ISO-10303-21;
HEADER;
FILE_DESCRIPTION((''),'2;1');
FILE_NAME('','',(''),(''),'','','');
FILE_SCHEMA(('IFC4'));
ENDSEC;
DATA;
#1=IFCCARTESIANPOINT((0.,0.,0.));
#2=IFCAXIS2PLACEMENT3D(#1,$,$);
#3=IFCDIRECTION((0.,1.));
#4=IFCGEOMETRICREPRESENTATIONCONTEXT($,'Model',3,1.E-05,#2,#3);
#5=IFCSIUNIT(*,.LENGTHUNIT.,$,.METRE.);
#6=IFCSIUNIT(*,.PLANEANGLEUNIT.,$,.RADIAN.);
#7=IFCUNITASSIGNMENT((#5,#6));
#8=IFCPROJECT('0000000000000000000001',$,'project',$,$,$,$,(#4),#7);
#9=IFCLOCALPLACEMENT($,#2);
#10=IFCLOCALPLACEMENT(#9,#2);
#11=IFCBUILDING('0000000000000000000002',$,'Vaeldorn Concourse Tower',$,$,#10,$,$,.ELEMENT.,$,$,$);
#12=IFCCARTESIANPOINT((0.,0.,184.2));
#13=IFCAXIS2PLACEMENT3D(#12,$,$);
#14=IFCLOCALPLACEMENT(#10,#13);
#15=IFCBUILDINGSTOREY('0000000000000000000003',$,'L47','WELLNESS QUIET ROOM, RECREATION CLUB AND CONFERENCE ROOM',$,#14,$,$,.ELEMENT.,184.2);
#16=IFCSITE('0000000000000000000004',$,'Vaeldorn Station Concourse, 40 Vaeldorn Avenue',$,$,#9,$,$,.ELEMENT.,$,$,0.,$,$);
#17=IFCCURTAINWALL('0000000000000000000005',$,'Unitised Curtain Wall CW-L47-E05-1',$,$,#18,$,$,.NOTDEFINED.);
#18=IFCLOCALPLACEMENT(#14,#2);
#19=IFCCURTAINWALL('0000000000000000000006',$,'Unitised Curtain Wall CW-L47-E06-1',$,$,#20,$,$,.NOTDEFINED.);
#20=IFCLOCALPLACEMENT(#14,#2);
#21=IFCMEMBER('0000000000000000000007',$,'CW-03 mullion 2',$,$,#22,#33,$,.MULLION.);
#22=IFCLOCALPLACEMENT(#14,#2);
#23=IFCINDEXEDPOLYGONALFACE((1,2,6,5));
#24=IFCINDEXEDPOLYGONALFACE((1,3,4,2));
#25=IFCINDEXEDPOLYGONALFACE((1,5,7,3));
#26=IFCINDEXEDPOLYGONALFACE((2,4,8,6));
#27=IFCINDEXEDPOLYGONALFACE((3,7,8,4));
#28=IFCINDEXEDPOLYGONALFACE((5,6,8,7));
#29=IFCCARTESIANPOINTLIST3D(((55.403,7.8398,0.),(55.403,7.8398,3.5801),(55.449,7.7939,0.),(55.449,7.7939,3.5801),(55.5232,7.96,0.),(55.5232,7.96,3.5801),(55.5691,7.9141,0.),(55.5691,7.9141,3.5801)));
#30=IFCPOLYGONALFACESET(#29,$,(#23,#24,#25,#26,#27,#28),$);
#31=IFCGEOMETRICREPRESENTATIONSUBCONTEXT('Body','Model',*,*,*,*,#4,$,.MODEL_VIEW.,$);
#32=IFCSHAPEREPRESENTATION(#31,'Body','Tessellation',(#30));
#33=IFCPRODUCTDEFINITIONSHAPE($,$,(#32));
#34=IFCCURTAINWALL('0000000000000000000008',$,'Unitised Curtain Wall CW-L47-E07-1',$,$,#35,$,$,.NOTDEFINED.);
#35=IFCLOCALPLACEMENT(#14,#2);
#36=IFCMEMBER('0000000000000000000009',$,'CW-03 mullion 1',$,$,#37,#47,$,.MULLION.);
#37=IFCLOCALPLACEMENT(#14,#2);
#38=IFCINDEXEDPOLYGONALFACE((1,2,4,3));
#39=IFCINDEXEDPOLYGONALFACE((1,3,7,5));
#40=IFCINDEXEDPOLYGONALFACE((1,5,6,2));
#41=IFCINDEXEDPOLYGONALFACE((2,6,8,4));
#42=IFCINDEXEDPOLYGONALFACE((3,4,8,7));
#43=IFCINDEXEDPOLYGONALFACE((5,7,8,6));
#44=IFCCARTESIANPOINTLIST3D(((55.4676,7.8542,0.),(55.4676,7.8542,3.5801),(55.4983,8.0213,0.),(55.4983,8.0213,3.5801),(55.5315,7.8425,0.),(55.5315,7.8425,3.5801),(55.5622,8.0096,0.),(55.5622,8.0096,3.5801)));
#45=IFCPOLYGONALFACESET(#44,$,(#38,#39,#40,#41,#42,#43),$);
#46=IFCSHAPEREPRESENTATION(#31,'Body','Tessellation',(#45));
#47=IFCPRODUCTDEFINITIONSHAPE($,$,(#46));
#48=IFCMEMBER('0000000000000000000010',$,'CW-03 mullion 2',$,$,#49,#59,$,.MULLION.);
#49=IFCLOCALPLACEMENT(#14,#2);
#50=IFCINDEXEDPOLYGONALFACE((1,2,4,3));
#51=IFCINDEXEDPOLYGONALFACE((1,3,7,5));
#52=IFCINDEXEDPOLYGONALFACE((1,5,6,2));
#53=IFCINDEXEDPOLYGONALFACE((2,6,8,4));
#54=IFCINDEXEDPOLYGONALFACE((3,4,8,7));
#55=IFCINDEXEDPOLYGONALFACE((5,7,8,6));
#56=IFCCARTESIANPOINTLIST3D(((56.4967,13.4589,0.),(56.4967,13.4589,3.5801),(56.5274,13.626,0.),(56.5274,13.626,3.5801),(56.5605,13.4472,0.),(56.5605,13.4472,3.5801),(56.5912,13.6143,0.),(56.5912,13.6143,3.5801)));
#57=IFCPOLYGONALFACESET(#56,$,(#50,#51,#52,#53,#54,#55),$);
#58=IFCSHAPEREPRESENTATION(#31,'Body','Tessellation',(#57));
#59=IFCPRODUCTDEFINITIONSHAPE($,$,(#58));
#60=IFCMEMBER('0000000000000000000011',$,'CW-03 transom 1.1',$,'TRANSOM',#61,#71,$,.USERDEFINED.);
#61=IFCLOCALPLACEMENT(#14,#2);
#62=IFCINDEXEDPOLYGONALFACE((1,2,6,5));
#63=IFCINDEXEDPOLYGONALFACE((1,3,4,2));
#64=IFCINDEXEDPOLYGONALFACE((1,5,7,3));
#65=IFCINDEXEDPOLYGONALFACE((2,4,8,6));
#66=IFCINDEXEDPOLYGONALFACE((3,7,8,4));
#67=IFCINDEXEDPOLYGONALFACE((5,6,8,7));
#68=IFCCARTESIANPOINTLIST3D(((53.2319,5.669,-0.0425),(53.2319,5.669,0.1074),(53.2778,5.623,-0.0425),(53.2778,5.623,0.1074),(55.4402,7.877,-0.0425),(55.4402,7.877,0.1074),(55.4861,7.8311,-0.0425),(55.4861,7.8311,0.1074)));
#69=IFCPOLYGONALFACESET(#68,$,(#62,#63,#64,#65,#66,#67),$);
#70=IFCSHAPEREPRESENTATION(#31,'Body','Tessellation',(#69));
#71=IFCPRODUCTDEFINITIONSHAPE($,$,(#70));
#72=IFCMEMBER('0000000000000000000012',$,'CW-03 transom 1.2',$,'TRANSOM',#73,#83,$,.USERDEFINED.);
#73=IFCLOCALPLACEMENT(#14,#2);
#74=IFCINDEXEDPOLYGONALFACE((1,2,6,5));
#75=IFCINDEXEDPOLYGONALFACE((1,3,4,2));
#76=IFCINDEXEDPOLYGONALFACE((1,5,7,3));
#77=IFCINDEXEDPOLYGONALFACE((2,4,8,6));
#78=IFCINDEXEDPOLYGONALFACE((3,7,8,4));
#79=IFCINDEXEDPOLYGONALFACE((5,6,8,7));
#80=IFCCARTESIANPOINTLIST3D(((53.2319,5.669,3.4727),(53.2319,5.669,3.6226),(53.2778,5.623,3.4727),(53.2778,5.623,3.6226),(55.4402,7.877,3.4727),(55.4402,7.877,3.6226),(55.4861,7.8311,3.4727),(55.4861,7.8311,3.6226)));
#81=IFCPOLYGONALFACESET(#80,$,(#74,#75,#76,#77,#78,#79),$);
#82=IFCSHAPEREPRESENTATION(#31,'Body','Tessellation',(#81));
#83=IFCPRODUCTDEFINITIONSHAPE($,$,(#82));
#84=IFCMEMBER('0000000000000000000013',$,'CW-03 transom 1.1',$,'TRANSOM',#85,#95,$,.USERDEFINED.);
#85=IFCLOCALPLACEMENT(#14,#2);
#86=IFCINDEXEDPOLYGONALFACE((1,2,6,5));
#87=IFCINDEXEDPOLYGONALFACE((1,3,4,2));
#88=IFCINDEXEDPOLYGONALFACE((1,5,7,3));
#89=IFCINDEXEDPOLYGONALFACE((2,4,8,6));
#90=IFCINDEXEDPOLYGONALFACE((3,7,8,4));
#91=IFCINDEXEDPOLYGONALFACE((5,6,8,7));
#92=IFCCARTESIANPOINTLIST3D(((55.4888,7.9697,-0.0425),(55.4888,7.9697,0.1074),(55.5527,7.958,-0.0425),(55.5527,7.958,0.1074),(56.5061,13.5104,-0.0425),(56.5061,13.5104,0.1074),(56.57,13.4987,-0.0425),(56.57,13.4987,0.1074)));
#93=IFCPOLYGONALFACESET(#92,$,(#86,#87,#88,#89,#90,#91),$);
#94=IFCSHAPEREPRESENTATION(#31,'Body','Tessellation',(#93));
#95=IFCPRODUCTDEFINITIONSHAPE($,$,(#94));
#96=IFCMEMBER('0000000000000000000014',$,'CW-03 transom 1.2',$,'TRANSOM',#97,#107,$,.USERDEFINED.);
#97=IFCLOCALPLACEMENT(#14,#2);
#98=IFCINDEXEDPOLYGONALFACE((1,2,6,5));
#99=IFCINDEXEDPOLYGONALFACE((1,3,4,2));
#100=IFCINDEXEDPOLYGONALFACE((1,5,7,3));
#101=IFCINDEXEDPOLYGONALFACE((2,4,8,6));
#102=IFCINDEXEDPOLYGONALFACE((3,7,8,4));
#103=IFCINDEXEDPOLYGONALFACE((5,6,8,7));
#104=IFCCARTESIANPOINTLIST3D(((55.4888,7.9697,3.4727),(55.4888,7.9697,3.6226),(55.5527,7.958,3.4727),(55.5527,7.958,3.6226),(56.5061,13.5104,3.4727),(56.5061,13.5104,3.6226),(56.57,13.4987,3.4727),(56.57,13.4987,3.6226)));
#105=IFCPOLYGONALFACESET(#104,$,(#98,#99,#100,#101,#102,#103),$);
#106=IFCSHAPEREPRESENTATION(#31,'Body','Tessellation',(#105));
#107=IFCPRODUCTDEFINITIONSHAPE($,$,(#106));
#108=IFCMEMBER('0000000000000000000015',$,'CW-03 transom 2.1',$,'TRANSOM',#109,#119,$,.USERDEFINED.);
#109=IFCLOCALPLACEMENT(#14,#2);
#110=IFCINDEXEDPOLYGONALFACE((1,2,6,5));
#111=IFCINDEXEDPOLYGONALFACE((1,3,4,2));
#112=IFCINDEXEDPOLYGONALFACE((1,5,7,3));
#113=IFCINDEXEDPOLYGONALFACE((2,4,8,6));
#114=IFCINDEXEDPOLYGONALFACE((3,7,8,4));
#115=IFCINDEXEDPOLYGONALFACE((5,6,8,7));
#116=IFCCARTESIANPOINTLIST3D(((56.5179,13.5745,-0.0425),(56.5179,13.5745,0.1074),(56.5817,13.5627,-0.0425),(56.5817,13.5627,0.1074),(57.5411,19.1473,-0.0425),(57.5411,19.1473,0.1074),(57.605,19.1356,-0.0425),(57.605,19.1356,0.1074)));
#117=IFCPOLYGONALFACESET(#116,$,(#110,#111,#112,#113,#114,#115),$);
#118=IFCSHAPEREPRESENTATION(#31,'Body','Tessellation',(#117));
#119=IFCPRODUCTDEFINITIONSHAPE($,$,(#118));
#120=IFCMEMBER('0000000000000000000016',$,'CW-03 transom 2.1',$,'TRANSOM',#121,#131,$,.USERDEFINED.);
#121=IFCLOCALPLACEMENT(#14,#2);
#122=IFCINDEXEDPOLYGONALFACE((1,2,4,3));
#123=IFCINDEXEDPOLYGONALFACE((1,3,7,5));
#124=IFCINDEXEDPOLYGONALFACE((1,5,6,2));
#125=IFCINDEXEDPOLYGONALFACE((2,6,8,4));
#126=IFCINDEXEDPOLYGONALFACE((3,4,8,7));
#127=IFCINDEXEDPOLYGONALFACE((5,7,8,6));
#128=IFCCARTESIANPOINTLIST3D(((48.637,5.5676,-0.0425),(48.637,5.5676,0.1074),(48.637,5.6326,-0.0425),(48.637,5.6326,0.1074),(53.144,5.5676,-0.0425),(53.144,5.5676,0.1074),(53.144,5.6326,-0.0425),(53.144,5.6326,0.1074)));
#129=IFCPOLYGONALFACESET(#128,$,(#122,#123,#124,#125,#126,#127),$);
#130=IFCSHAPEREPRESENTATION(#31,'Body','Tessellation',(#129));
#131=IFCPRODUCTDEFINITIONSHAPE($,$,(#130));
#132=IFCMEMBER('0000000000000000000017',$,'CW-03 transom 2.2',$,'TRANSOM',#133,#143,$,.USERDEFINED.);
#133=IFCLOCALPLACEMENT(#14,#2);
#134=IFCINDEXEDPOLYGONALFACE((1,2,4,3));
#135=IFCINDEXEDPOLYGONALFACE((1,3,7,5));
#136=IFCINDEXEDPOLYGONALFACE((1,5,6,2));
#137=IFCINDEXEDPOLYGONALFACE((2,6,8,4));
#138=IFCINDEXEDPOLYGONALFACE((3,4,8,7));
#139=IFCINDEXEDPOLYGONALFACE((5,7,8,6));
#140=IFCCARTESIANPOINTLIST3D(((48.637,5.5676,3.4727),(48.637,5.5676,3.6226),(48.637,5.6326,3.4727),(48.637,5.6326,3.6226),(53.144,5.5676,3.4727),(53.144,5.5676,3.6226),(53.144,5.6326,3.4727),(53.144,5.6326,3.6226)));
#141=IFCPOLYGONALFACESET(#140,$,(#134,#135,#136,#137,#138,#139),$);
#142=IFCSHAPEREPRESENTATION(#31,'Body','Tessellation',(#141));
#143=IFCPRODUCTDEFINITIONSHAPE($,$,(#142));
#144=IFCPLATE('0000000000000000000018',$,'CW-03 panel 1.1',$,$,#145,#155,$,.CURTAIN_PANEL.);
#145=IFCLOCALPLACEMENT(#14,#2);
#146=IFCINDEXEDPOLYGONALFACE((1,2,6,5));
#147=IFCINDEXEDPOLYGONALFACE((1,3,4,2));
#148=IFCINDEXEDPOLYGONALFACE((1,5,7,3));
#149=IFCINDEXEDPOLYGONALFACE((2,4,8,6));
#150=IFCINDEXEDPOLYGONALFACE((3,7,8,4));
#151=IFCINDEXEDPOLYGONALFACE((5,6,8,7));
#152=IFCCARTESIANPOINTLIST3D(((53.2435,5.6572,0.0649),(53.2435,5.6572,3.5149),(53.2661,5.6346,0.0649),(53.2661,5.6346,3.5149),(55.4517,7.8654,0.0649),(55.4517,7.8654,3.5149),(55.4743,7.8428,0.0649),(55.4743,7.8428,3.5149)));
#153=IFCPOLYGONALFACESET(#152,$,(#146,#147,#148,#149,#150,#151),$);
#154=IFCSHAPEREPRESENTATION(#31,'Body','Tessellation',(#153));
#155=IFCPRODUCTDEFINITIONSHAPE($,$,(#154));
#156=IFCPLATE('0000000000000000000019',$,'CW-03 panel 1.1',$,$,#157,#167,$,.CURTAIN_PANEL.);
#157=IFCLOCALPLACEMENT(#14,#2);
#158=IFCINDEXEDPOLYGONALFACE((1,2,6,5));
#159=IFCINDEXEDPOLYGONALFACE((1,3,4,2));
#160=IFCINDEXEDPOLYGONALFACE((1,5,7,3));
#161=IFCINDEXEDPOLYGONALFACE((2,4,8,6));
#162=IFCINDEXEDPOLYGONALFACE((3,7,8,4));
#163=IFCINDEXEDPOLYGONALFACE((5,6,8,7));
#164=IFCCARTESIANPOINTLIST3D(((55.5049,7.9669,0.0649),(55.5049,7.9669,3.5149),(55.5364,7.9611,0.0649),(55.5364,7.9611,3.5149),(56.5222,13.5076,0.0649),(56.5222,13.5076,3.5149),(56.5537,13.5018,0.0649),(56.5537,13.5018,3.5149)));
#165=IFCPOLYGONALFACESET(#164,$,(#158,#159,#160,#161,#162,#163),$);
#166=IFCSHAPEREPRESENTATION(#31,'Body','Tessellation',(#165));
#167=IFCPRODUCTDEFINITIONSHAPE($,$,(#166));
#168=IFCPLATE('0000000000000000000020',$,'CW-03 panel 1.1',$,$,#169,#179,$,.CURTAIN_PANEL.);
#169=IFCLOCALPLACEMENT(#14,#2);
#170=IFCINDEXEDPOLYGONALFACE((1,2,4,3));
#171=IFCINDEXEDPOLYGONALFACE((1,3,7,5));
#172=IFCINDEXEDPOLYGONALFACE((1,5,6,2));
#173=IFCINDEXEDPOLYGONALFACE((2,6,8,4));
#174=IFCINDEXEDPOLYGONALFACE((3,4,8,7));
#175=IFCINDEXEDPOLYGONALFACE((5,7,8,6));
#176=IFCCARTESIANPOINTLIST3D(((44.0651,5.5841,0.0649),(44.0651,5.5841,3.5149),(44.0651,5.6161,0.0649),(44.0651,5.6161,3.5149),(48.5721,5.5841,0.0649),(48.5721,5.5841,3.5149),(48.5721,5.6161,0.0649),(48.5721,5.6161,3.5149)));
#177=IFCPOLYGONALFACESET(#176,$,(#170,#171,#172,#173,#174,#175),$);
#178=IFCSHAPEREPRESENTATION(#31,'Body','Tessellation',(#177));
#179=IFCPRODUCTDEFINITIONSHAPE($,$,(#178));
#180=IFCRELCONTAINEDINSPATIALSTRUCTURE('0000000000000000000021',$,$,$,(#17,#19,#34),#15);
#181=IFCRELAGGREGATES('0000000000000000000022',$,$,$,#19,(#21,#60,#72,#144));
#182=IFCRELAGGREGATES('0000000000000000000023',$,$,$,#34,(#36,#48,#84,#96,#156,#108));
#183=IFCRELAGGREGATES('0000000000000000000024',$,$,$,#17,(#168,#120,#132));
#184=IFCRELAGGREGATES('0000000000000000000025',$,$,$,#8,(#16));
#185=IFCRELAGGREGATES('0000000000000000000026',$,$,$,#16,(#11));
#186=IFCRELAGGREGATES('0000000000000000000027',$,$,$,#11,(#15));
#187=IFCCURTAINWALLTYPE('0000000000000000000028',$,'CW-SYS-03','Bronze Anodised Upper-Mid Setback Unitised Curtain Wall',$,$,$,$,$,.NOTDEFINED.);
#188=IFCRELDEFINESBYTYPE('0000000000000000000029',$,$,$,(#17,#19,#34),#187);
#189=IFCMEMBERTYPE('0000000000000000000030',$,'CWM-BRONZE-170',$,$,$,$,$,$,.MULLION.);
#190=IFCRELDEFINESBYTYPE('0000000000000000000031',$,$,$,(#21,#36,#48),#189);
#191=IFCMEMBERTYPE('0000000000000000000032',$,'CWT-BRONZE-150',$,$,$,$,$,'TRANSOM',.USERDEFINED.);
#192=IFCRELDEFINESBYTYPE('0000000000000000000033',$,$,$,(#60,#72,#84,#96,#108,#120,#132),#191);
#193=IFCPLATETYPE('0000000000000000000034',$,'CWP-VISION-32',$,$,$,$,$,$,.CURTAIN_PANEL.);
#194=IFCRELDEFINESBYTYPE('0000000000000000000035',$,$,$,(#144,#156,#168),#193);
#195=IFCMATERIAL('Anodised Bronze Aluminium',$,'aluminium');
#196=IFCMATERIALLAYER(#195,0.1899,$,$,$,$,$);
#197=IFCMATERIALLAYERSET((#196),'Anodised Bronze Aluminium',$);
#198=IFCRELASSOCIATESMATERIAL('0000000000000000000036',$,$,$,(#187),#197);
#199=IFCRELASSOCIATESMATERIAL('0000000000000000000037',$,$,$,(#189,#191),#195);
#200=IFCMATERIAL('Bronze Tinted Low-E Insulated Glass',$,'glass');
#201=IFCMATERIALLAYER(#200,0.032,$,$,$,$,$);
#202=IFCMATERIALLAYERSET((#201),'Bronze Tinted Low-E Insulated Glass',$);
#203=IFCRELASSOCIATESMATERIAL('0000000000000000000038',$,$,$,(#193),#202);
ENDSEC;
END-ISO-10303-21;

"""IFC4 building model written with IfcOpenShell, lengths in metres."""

from ifc_helpers import new_model, si_unit, direction, frame, origin, origin_2d, place, context, subcontext, project, spatial, rectangle, extrude, source, transform, mapped, material, layer, layer_set, material_profile, profile_set, type_object, element, aggregate, save


model = new_model("IFC4")

# Units and contexts
model_context = context("Model", 3, precision=1e-05, world=origin(), true_north=direction((0.0, 1.0)))
body_context = subcontext(model_context, "Body", "Model", "MODEL_VIEW")
ifc_project = project(units=[si_unit("LENGTHUNIT", "METRE"), si_unit("PLANEANGLEUNIT", "RADIAN")], contexts=[model_context])

# Site, building, storey
site_placement = place(None, origin())
site = spatial("IfcSite", under=ifc_project, at=site_placement, Name="Vaeldorn Station Concourse, 40 Vaeldorn Avenue", CompositionType="ELEMENT", RefElevation=0.0)
building_placement = place(site_placement, origin())
building = spatial("IfcBuilding", under=site, at=building_placement, Name="Vaeldorn Concourse Tower", CompositionType="ELEMENT")
storey_placement = place(building_placement, frame((0.0, 0.0, 184.2)))
storey = spatial("IfcBuildingStorey", under=building, at=storey_placement, Name="L47", Description="WELLNESS QUIET ROOM, RECREATION CLUB AND CONFERENCE ROOM", CompositionType="ELEMENT", Elevation=184.2)

# Curtain walls, members
ifc_material_1 = material(Name="Anodised Bronze Aluminium", Category="aluminium")
ifc_layer_1 = layer(ifc_material_1, 0.1899)
ifc_layer_set_1 = layer_set([ifc_layer_1], Name="Anodised Bronze Aluminium")
curtain_wall_type = type_object("IfcCurtainWallType", Name="CW-SYS-03", Description="Bronze Anodised Upper-Mid Setback Unitised Curtain Wall", PredefinedType="NOTDEFINED", material=ifc_layer_set_1)
curtain_wall_1_placement = place(storey_placement, origin())
curtain_wall_1 = element("IfcCurtainWall", 1, at=curtain_wall_1_placement, inside=storey, type_object=curtain_wall_type, Name="Unitised Curtain Wall CW-L47-E05-1", PredefinedType="NOTDEFINED")
ifc_material_profile_1 = material_profile(ifc_material_1, rectangle(XDim=0.0649, YDim=0.1699, at=origin_2d()), Name="CWM 65x170")
ifc_profile_set_1 = profile_set([ifc_material_profile_1], Name="Anodised Bronze Aluminium")
member_type_1 = type_object("IfcMemberType", Name="CWM-BRONZE-170", PredefinedType="MULLION", material=ifc_profile_set_1)
shared_shape_1 = source(origin(), body_context, "Body", "SweptSolid", [
    extrude(rectangle(XDim=0.0649, YDim=0.1699, at=origin_2d()), origin(), (0.0, 0.0, 1.0), 3.5801),
])
curtain_wall_2_placement = place(storey_placement, origin())
curtain_wall_2 = element("IfcCurtainWall", 2, at=curtain_wall_2_placement, inside=storey, type_object=curtain_wall_type, Name="Unitised Curtain Wall CW-L47-E06-1", PredefinedType="NOTDEFINED")
member_1_placement = place(storey_placement, frame((55.4861, 7.877, 0.0), z_axis=(0.0, 0.0, 1.0), x_axis=(-0.707107, 0.707107, 0.0)))
member_1 = element("IfcMember", 3, at=member_1_placement, type_object=member_type_1, Name="CW-03 mullion 2", PredefinedType="MULLION", context=body_context, shape_type="MappedRepresentation", body=[
    mapped(shared_shape_1, transform((0.0, 0.0, 0.0), scale=1.0)),
])
curtain_wall_3_placement = place(storey_placement, origin())
curtain_wall_3 = element("IfcCurtainWall", 4, at=curtain_wall_3_placement, inside=storey, type_object=curtain_wall_type, Name="Unitised Curtain Wall CW-L47-E07-1", PredefinedType="NOTDEFINED")
member_2_placement = place(storey_placement, frame((55.5149, 7.9319, 0.0), z_axis=(0.0, 0.0, 1.0), x_axis=(-0.983559, 0.180585, 0.0)))
member_2 = element("IfcMember", 5, at=member_2_placement, type_object=member_type_1, Name="CW-03 mullion 1", PredefinedType="MULLION", context=body_context, shape_type="MappedRepresentation", body=[
    mapped(shared_shape_1, transform((0.0, 0.0, 0.0), scale=1.0)),
])
member_3_placement = place(storey_placement, frame((56.5439, 13.5366, 0.0), z_axis=(0.0, 0.0, 1.0), x_axis=(-0.983559, 0.180585, 0.0)))
member_3 = element("IfcMember", 6, at=member_3_placement, type_object=member_type_1, Name="CW-03 mullion 2", PredefinedType="MULLION", context=body_context, shape_type="MappedRepresentation", body=[
    mapped(shared_shape_1, transform((0.0, 0.0, 0.0), scale=1.0)),
])

# Members
ifc_material_profile_2 = material_profile(ifc_material_1, rectangle(XDim=0.0649, YDim=0.1499, at=origin_2d()), Name="CWT 65x150")
ifc_profile_set_2 = profile_set([ifc_material_profile_2], Name="Anodised Bronze Aluminium")
member_type_2 = type_object("IfcMemberType", Name="CWT-BRONZE-150", ElementType="TRANSOM", PredefinedType="USERDEFINED", material=ifc_profile_set_2)
shared_shape_2 = source(origin(), body_context, "Body", "SweptSolid", [
    extrude(rectangle(XDim=0.0649, YDim=0.1499, at=origin_2d()), origin(), (0.0, 0.0, 1.0), 3.1228),
])
member_4_placement = place(storey_placement, frame((53.2549, 5.646, 0.0325), z_axis=(0.707146, 0.707068, 0.0), x_axis=(-0.707068, 0.707146, 0.0)))
member_4 = element("IfcMember", 7, at=member_4_placement, type_object=member_type_2, Name="CW-03 transom 1.1", ObjectType="TRANSOM", PredefinedType="USERDEFINED", context=body_context, shape_type="MappedRepresentation", body=[
    mapped(shared_shape_2, transform((0.0, 0.0, 0.0), scale=1.0)),
])
member_5_placement = place(storey_placement, frame((53.2549, 5.646, 3.5476), z_axis=(0.707146, 0.707068, 0.0), x_axis=(-0.707068, 0.707146, 0.0)))
member_5 = element("IfcMember", 8, at=member_5_placement, type_object=member_type_2, Name="CW-03 transom 1.2", ObjectType="TRANSOM", PredefinedType="USERDEFINED", context=body_context, shape_type="MappedRepresentation", body=[
    mapped(shared_shape_2, transform((0.0, 0.0, 0.0), scale=1.0)),
])
shared_shape_3 = source(origin(), body_context, "Body", "SweptSolid", [
    extrude(rectangle(XDim=0.0649, YDim=0.1499, at=origin_2d()), origin(), (0.0, 0.0, 1.0), 5.6333),
])
member_6_placement = place(storey_placement, frame((55.5208, 7.9639, 0.0325), z_axis=(0.18059, 0.983558, 0.0), x_axis=(-0.983558, 0.18059, 0.0)))
member_6 = element("IfcMember", 9, at=member_6_placement, type_object=member_type_2, Name="CW-03 transom 1.1", ObjectType="TRANSOM", PredefinedType="USERDEFINED", context=body_context, shape_type="MappedRepresentation", body=[
    mapped(shared_shape_3, transform((0.0, 0.0, 0.0), scale=1.0)),
])
member_7_placement = place(storey_placement, frame((55.5208, 7.9639, 3.5476), z_axis=(0.18059, 0.983558, 0.0), x_axis=(-0.983558, 0.18059, 0.0)))
member_7 = element("IfcMember", 10, at=member_7_placement, type_object=member_type_2, Name="CW-03 transom 1.2", ObjectType="TRANSOM", PredefinedType="USERDEFINED", context=body_context, shape_type="MappedRepresentation", body=[
    mapped(shared_shape_3, transform((0.0, 0.0, 0.0), scale=1.0)),
])
shared_shape_4 = source(origin(), body_context, "Body", "SweptSolid", [
    extrude(rectangle(XDim=0.0649, YDim=0.1499, at=origin_2d()), origin(), (0.0, 0.0, 1.0), 5.666),
])
member_8_placement = place(storey_placement, frame((56.5498, 13.5686, 0.0325), z_axis=(0.180588, 0.983559, 0.0), x_axis=(-0.983559, 0.180588, 0.0)))
member_8 = element("IfcMember", 11, at=member_8_placement, type_object=member_type_2, Name="CW-03 transom 2.1", ObjectType="TRANSOM", PredefinedType="USERDEFINED", context=body_context, shape_type="MappedRepresentation", body=[
    mapped(shared_shape_4, transform((0.0, 0.0, 0.0), scale=1.0)),
])
shared_shape_5 = source(origin(), body_context, "Body", "SweptSolid", [
    extrude(rectangle(XDim=0.0649, YDim=0.1499, at=origin_2d()), origin(), (0.0, 0.0, 1.0), 4.5071),
])
member_9_placement = place(storey_placement, frame((48.637, 5.6001, 0.0325), z_axis=(1.0, 0.0, 0.0), x_axis=(0.0, 1.0, 0.0)))
member_9 = element("IfcMember", 12, at=member_9_placement, type_object=member_type_2, Name="CW-03 transom 2.1", ObjectType="TRANSOM", PredefinedType="USERDEFINED", context=body_context, shape_type="MappedRepresentation", body=[
    mapped(shared_shape_5, transform((0.0, 0.0, 0.0), scale=1.0)),
])
member_10_placement = place(storey_placement, frame((48.637, 5.6001, 3.5476), z_axis=(1.0, 0.0, 0.0), x_axis=(0.0, 1.0, 0.0)))
member_10 = element("IfcMember", 13, at=member_10_placement, type_object=member_type_2, Name="CW-03 transom 2.2", ObjectType="TRANSOM", PredefinedType="USERDEFINED", context=body_context, shape_type="MappedRepresentation", body=[
    mapped(shared_shape_5, transform((0.0, 0.0, 0.0), scale=1.0)),
])

# Plates
ifc_material_2 = material(Name="Bronze Tinted Low-E Insulated Glass", Category="glass")
ifc_layer_2 = layer(ifc_material_2, 0.032)
ifc_layer_set_2 = layer_set([ifc_layer_2], Name="Bronze Tinted Low-E Insulated Glass")
plate_type = type_object("IfcPlateType", Name="CWP-VISION-32", PredefinedType="CURTAIN_PANEL", material=ifc_layer_set_2)
shared_shape_6 = source(origin(), body_context, "Body", "SweptSolid", [
    extrude(rectangle(XDim=3.1228, YDim=0.032, at=origin_2d()), origin(), (0.0, 0.0, 1.0), 3.45),
])
plate_1_placement = place(storey_placement, frame((54.3589, 6.75, 0.0649), z_axis=(0.0, 0.0, 1.0), x_axis=(0.707107, 0.707107, 0.0)))
plate_1 = element("IfcPlate", 14, at=plate_1_placement, type_object=plate_type, Name="CW-03 panel 1.1", PredefinedType="CURTAIN_PANEL", context=body_context, shape_type="MappedRepresentation", body=[
    mapped(shared_shape_6, transform((0.0, 0.0, 0.0), scale=1.0)),
])
aggregate(curtain_wall_2, [member_1, member_4, member_5, plate_1])
shared_shape_7 = source(origin(), body_context, "Body", "SweptSolid", [
    extrude(rectangle(XDim=5.6333, YDim=0.032, at=origin_2d()), origin(), (0.0, 0.0, 1.0), 3.45),
])
plate_2_placement = place(storey_placement, frame((56.0293, 10.7344, 0.0649), z_axis=(0.0, 0.0, 1.0), x_axis=(0.180585, 0.983559, 0.0)))
plate_2 = element("IfcPlate", 15, at=plate_2_placement, type_object=plate_type, Name="CW-03 panel 1.1", PredefinedType="CURTAIN_PANEL", context=body_context, shape_type="MappedRepresentation", body=[
    mapped(shared_shape_7, transform((0.0, 0.0, 0.0), scale=1.0)),
])
aggregate(curtain_wall_3, [member_2, member_3, member_6, member_7, plate_2, member_8])
shared_shape_8 = source(origin(), body_context, "Body", "SweptSolid", [
    extrude(rectangle(XDim=4.5071, YDim=0.032, at=origin_2d()), origin(), (0.0, 0.0, 1.0), 3.45),
])
plate_3_placement = place(storey_placement, frame((46.3186, 5.6001, 0.0649), z_axis=(0.0, 0.0, 1.0), x_axis=(1.0, 0.0, 0.0)))
plate_3 = element("IfcPlate", 16, at=plate_3_placement, type_object=plate_type, Name="CW-03 panel 1.1", PredefinedType="CURTAIN_PANEL", context=body_context, shape_type="MappedRepresentation", body=[
    mapped(shared_shape_8, transform((0.0, 0.0, 0.0), scale=1.0)),
])
aggregate(curtain_wall_1, [plate_3, member_9, member_10])

save(model, "model.ifc")
